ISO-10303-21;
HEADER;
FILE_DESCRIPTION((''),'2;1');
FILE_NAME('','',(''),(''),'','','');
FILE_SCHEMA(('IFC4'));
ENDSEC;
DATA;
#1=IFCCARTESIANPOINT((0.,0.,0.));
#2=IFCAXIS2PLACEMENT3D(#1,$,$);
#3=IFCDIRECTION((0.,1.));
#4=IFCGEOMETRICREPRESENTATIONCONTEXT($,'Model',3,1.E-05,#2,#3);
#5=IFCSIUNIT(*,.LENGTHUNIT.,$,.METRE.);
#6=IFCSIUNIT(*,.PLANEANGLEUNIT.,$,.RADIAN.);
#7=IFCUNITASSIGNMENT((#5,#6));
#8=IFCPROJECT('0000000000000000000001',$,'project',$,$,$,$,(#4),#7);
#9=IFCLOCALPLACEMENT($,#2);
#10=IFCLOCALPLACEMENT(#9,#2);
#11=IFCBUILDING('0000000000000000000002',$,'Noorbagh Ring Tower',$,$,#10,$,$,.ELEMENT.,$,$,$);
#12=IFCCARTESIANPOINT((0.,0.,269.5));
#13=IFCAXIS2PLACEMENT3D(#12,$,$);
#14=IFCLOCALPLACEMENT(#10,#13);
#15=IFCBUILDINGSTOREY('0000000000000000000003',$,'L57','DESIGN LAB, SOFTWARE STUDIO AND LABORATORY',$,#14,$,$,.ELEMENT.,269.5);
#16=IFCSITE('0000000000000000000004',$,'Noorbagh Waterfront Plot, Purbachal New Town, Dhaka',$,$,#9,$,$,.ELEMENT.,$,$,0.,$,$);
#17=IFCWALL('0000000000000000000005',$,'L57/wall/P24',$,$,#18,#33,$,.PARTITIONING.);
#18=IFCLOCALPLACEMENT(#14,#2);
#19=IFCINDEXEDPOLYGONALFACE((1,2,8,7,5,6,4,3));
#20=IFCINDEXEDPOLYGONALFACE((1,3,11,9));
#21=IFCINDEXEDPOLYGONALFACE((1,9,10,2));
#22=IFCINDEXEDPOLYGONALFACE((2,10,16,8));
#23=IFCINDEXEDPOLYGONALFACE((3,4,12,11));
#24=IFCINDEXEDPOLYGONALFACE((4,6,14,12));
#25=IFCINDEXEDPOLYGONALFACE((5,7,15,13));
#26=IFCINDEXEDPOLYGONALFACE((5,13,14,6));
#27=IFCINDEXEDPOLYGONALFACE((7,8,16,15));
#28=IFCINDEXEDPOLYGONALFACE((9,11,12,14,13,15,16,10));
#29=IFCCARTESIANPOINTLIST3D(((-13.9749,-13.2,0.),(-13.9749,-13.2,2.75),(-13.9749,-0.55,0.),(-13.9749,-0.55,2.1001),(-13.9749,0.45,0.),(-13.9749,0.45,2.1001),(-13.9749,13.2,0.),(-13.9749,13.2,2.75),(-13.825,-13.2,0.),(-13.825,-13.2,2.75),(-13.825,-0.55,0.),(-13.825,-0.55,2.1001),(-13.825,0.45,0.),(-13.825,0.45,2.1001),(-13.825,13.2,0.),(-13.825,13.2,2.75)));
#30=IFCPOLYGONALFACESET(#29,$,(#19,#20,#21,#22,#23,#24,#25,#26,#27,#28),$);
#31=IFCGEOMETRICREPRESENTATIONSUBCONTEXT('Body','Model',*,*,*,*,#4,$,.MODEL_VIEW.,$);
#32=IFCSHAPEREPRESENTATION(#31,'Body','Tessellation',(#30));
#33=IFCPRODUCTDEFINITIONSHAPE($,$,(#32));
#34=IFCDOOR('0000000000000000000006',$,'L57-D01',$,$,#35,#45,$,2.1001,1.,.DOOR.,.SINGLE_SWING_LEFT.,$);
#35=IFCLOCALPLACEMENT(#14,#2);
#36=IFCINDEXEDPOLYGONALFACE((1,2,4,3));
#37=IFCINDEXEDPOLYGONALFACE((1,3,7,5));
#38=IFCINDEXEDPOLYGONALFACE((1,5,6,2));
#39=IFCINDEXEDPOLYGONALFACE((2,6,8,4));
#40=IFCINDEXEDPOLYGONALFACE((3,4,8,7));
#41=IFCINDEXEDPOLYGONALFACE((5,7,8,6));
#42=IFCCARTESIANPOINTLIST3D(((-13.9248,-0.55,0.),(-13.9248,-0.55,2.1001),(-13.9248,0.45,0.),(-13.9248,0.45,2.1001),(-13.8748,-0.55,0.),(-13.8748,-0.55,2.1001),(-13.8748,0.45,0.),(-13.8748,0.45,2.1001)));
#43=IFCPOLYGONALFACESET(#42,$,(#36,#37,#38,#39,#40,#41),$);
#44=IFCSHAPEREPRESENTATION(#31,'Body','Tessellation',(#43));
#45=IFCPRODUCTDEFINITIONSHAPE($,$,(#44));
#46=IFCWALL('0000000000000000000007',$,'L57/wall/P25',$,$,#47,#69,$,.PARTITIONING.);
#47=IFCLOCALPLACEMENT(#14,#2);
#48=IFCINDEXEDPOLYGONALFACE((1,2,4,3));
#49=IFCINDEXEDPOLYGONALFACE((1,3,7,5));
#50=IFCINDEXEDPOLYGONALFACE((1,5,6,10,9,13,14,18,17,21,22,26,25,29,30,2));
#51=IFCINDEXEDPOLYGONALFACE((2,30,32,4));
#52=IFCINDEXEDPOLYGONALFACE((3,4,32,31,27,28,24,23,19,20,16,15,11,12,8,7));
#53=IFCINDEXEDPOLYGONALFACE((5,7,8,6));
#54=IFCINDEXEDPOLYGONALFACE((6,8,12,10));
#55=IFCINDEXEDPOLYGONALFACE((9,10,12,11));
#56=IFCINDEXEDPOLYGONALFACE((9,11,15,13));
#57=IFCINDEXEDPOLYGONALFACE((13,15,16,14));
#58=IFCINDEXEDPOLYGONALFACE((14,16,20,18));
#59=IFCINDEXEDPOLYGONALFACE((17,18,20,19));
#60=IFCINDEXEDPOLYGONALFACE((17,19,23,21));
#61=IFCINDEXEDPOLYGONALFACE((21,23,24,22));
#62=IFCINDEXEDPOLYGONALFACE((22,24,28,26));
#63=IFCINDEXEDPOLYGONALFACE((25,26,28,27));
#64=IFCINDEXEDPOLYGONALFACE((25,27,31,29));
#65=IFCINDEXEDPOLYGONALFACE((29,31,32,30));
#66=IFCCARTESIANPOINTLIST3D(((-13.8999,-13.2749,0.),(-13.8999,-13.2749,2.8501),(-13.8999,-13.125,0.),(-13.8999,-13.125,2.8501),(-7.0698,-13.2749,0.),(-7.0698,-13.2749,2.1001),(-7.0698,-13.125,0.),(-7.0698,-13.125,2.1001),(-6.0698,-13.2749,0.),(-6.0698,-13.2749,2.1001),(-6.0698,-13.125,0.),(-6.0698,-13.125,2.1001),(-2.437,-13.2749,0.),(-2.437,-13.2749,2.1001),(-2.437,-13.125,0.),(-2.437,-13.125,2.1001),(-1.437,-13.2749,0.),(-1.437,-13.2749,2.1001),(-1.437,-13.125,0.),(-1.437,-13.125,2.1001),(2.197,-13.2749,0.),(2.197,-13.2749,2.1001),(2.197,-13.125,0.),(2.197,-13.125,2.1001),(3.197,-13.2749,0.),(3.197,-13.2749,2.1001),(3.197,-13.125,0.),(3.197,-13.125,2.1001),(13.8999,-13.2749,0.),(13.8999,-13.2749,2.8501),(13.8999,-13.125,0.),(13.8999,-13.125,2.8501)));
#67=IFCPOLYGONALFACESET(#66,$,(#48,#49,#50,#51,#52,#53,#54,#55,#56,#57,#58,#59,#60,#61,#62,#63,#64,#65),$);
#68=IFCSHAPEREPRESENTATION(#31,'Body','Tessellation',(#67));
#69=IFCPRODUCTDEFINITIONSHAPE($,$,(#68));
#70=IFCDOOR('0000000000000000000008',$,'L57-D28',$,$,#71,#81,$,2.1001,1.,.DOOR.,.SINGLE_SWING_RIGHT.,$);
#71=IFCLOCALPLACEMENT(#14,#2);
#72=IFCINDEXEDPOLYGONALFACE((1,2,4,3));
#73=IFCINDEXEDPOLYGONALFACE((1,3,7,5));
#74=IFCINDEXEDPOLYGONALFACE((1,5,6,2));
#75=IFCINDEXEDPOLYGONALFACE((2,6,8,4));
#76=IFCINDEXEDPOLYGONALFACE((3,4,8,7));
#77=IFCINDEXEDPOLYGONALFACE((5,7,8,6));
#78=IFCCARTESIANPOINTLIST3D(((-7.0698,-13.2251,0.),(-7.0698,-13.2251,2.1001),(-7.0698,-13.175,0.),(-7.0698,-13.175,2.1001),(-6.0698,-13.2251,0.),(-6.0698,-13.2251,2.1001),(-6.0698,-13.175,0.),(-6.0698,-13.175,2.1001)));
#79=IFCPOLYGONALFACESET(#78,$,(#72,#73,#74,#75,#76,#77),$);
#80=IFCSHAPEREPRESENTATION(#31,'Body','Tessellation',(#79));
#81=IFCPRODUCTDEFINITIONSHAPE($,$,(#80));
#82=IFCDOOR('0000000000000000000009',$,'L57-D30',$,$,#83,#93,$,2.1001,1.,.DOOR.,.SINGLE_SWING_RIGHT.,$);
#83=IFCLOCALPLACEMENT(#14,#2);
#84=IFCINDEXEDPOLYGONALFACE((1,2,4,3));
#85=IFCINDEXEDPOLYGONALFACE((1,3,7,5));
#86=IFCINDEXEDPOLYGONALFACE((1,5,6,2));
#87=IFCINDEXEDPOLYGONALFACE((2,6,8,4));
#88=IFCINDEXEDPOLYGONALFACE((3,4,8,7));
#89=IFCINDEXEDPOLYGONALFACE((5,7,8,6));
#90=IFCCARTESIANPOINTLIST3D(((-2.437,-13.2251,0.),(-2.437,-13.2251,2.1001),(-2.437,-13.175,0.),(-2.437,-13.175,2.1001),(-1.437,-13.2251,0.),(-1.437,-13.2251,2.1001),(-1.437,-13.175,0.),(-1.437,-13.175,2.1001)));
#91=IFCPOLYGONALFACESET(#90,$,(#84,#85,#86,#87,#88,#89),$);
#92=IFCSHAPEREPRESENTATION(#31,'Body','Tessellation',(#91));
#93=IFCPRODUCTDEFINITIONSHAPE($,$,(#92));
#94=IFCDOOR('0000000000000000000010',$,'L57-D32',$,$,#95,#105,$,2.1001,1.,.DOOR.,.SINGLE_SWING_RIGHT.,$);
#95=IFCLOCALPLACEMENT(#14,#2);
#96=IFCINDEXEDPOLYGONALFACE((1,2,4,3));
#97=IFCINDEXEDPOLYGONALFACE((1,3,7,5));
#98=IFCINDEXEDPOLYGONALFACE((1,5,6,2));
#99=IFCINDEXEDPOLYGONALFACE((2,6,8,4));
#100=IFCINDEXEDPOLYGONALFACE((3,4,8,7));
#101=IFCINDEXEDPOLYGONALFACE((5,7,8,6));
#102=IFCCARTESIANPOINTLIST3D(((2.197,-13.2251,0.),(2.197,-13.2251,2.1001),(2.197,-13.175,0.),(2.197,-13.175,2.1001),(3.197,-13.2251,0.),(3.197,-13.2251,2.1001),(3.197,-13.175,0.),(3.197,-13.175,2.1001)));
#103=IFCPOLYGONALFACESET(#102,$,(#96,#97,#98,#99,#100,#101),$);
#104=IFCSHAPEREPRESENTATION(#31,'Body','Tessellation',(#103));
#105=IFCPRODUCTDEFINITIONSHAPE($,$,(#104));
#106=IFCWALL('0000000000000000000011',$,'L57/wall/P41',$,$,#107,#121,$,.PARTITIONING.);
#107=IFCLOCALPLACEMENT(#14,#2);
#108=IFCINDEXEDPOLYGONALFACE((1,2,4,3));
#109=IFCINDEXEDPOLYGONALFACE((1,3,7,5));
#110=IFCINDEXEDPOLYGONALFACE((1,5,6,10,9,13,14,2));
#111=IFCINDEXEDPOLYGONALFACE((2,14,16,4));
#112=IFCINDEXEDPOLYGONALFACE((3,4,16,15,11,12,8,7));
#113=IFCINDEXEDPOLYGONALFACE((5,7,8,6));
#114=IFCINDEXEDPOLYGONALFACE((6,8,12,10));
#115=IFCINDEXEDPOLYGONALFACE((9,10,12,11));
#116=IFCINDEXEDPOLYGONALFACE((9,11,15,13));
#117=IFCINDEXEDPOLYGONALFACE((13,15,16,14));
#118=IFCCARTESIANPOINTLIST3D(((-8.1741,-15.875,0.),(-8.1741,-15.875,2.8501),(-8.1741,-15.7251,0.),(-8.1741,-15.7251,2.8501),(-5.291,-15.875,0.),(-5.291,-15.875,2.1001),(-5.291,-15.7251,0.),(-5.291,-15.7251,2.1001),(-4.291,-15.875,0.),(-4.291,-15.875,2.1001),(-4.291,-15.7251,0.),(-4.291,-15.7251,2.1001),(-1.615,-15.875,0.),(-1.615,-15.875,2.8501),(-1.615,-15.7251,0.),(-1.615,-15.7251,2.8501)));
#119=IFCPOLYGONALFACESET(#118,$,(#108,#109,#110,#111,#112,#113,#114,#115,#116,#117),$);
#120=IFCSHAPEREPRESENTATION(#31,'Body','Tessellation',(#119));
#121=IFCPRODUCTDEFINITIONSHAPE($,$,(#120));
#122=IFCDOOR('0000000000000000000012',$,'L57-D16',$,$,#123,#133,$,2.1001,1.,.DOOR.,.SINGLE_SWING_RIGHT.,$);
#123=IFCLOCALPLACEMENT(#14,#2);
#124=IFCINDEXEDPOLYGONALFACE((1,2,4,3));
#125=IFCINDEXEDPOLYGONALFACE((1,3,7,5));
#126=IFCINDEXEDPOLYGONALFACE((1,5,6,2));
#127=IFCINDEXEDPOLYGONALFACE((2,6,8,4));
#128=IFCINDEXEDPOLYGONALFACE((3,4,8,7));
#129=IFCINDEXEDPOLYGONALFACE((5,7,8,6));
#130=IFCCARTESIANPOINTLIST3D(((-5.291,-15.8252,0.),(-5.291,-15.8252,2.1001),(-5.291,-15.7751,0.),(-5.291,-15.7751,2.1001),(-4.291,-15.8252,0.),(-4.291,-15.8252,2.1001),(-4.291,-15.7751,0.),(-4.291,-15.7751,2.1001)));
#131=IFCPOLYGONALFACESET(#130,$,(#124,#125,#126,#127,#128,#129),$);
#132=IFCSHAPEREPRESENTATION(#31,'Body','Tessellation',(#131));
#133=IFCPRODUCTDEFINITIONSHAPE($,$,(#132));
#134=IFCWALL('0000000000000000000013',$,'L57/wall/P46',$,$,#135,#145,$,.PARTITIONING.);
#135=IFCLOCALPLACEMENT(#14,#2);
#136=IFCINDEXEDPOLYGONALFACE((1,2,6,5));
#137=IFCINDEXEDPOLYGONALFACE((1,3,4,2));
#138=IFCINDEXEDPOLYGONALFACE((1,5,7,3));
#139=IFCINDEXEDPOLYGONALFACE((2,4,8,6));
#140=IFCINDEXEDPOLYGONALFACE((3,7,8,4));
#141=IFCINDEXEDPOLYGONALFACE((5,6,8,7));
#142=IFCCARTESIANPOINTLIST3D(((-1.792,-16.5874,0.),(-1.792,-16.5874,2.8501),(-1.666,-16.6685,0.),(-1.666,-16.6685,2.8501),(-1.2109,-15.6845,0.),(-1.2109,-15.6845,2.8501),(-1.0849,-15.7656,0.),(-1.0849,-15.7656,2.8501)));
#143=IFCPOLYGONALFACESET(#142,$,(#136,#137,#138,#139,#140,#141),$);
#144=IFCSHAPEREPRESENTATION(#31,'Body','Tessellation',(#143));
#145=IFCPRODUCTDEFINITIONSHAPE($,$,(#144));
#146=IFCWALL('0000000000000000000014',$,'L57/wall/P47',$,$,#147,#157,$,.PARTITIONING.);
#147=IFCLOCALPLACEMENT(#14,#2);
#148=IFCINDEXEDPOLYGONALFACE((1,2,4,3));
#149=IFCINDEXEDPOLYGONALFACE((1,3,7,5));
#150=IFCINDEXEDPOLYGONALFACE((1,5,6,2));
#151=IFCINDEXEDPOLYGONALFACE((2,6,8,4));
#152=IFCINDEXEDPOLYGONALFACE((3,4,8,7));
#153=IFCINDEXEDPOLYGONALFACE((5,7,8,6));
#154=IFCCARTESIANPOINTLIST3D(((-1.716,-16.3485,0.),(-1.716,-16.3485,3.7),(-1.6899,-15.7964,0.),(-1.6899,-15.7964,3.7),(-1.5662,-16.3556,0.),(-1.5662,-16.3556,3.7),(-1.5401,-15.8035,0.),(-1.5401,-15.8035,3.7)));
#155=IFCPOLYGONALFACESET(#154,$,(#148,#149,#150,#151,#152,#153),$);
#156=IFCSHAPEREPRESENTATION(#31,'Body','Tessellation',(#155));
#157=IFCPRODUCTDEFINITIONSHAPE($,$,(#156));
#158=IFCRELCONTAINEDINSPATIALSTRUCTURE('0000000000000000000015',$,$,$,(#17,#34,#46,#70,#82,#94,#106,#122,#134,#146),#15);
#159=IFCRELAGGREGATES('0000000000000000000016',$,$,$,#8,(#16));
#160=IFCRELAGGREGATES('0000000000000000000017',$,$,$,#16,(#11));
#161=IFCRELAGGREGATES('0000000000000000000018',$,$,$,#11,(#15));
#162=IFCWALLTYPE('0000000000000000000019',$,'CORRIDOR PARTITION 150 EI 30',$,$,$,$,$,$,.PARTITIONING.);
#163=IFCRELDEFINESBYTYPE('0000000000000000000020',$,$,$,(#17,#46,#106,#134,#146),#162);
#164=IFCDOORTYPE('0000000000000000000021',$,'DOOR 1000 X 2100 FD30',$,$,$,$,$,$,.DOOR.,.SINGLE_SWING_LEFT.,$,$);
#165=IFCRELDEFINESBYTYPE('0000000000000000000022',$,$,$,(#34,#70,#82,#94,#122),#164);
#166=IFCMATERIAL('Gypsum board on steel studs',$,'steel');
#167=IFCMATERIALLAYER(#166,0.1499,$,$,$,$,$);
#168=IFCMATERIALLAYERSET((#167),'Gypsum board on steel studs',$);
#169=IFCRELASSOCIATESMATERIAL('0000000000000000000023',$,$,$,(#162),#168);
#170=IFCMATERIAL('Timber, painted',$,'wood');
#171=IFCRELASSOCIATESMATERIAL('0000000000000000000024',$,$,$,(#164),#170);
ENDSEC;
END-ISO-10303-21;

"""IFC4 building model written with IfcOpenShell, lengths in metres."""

from ifc_helpers import new_model, si_unit, direction, frame, frame_2d, origin, place, context, subcontext, project, spatial, rectangle, extrude, material, layer, layer_set, type_object, element, fill, save


model = new_model("IFC4")

# Units and contexts
model_context = context("Model", 3, precision=1e-05, world=origin(), true_north=direction((0.0, 1.0)))
body_context = subcontext(model_context, "Body", "Model", "MODEL_VIEW")
ifc_project = project(units=[si_unit("LENGTHUNIT", "METRE"), si_unit("PLANEANGLEUNIT", "RADIAN")], contexts=[model_context])

# Site, building, storey
site_placement = place(None, origin())
site = spatial("IfcSite", under=ifc_project, at=site_placement, Name="Noorbagh Waterfront Plot, Purbachal New Town, Dhaka", CompositionType="ELEMENT", RefElevation=0.0)
building_placement = place(site_placement, origin())
building = spatial("IfcBuilding", under=site, at=building_placement, Name="Noorbagh Ring Tower", CompositionType="ELEMENT")
storey_placement = place(building_placement, frame((0.0, 0.0, 269.5)))
storey = spatial("IfcBuildingStorey", under=building, at=storey_placement, Name="L57", Description="DESIGN LAB, SOFTWARE STUDIO AND LABORATORY", CompositionType="ELEMENT", Elevation=269.5)

# Wall, opening, door
ifc_material_1 = material(Name="Gypsum board on steel studs", Category="steel")
ifc_layer_1 = layer(ifc_material_1, 0.1499)
ifc_layer_set_1 = layer_set([ifc_layer_1], Name="Gypsum board on steel studs")
wall_type_1 = type_object("IfcWallType", Name="CORRIDOR PARTITION 150 EI 30", PredefinedType="PARTITIONING", material=ifc_layer_set_1)
wall_1_placement = place(storey_placement, frame((-13.8999, -13.2, 0.0), z_axis=(0.0, 0.0, 1.0), x_axis=(0.0, 1.0, 0.0)))
wall_1 = element("IfcWall", 1, at=wall_1_placement, inside=storey, type_object=wall_type_1, Name="L57/wall/P24", PredefinedType="PARTITIONING", context=body_context, shape_type="SweptSolid", body=[
    extrude(rectangle(XDim=26.3999, YDim=0.1499, at=frame_2d((13.2, 0.0))), origin(), (0.0, 0.0, 1.0), 2.75),
])
opening_1_placement = place(wall_1_placement, frame((12.6499, 0.0, 0.0)))
opening_1 = element("IfcOpeningElement", 2, at=opening_1_placement, cuts=wall_1, PredefinedType="OPENING", context=body_context, shape_type="SweptSolid", body=[
    extrude(rectangle(XDim=1.0, YDim=2.1001, at=frame_2d((0.5, 1.05))), frame((0.0, 0.085, 0.0), z_axis=(0.0, -1.0, 0.0), x_axis=(1.0, 0.0, 0.0)), (0.0, 0.0, 1.0), 0.1699),
])
ifc_material_2 = material(Name="Timber, painted", Category="wood")
door_type = type_object("IfcDoorType", Name="DOOR 1000 X 2100 FD30", OperationType="SINGLE_SWING_LEFT", PredefinedType="DOOR", material=ifc_material_2)
door_1_placement = place(opening_1_placement, origin())
door_1 = element("IfcDoor", 3, at=door_1_placement, inside=storey, type_object=door_type, Name="L57-D01", OperationType="SINGLE_SWING_LEFT", OverallHeight=2.1001, OverallWidth=1.0, PredefinedType="DOOR", context=body_context, shape_type="SweptSolid", body=[
    extrude(rectangle(XDim=1.0, YDim=2.1001, at=frame_2d((0.5, 1.05))), frame((0.0, 0.0249, 0.0), z_axis=(0.0, -1.0, 0.0), x_axis=(1.0, 0.0, 0.0)), (0.0, 0.0, 1.0), 0.05),
])
fill(opening_1, door_1)

# Wall, openings, doors
wall_2_placement = place(storey_placement, frame((-13.8999, -13.2, 0.0), z_axis=(0.0, 0.0, 1.0), x_axis=(1.0, 0.0, 0.0)))
wall_2 = element("IfcWall", 4, at=wall_2_placement, inside=storey, type_object=wall_type_1, Name="L57/wall/P25", PredefinedType="PARTITIONING", context=body_context, shape_type="SweptSolid", body=[
    extrude(rectangle(XDim=27.7998, YDim=0.1499, at=frame_2d((13.8999, 0.0))), origin(), (0.0, 0.0, 1.0), 2.8501),
])
opening_2_placement = place(wall_2_placement, frame((6.8301, 0.0, 0.0)))
opening_2 = element("IfcOpeningElement", 5, at=opening_2_placement, cuts=wall_2, PredefinedType="OPENING", context=body_context, shape_type="SweptSolid", body=[
    extrude(rectangle(XDim=1.0, YDim=2.1001, at=frame_2d((0.5, 1.05))), frame((0.0, 0.085, 0.0), z_axis=(0.0, -1.0, 0.0), x_axis=(1.0, 0.0, 0.0)), (0.0, 0.0, 1.0), 0.1699),
])
opening_3_placement = place(wall_2_placement, frame((11.4629, 0.0, 0.0)))
opening_3 = element("IfcOpeningElement", 6, at=opening_3_placement, cuts=wall_2, PredefinedType="OPENING", context=body_context, shape_type="SweptSolid", body=[
    extrude(rectangle(XDim=1.0, YDim=2.1001, at=frame_2d((0.5, 1.05))), frame((0.0, 0.085, 0.0), z_axis=(0.0, -1.0, 0.0), x_axis=(1.0, 0.0, 0.0)), (0.0, 0.0, 1.0), 0.1699),
])
opening_4_placement = place(wall_2_placement, frame((16.0969, 0.0, 0.0)))
opening_4 = element("IfcOpeningElement", 7, at=opening_4_placement, cuts=wall_2, PredefinedType="OPENING", context=body_context, shape_type="SweptSolid", body=[
    extrude(rectangle(XDim=1.0, YDim=2.1001, at=frame_2d((0.5, 1.05))), frame((0.0, 0.085, 0.0), z_axis=(0.0, -1.0, 0.0), x_axis=(1.0, 0.0, 0.0)), (0.0, 0.0, 1.0), 0.1699),
])
door_2_placement = place(opening_2_placement, origin())
door_2 = element("IfcDoor", 8, at=door_2_placement, inside=storey, type_object=door_type, Name="L57-D28", OperationType="SINGLE_SWING_RIGHT", OverallHeight=2.1001, OverallWidth=1.0, PredefinedType="DOOR", context=body_context, shape_type="SweptSolid", body=[
    extrude(rectangle(XDim=1.0, YDim=2.1001, at=frame_2d((0.5, 1.05))), frame((0.0, 0.0249, 0.0), z_axis=(0.0, -1.0, 0.0), x_axis=(1.0, 0.0, 0.0)), (0.0, 0.0, 1.0), 0.05),
])
fill(opening_2, door_2)
door_3_placement = place(opening_3_placement, origin())
door_3 = element("IfcDoor", 9, at=door_3_placement, inside=storey, type_object=door_type, Name="L57-D30", OperationType="SINGLE_SWING_RIGHT", OverallHeight=2.1001, OverallWidth=1.0, PredefinedType="DOOR", context=body_context, shape_type="SweptSolid", body=[
    extrude(rectangle(XDim=1.0, YDim=2.1001, at=frame_2d((0.5, 1.05))), frame((0.0, 0.0249, 0.0), z_axis=(0.0, -1.0, 0.0), x_axis=(1.0, 0.0, 0.0)), (0.0, 0.0, 1.0), 0.05),
])
fill(opening_3, door_3)
door_4_placement = place(opening_4_placement, origin())
door_4 = element("IfcDoor", 10, at=door_4_placement, inside=storey, type_object=door_type, Name="L57-D32", OperationType="SINGLE_SWING_RIGHT", OverallHeight=2.1001, OverallWidth=1.0, PredefinedType="DOOR", context=body_context, shape_type="SweptSolid", body=[
    extrude(rectangle(XDim=1.0, YDim=2.1001, at=frame_2d((0.5, 1.05))), frame((0.0, 0.0249, 0.0), z_axis=(0.0, -1.0, 0.0), x_axis=(1.0, 0.0, 0.0)), (0.0, 0.0, 1.0), 0.05),
])
fill(opening_4, door_4)

# Wall, opening, door
wall_3_placement = place(storey_placement, frame((-8.1741, -15.8, 0.0), z_axis=(0.0, 0.0, 1.0), x_axis=(1.0, 0.0, 0.0)))
wall_3 = element("IfcWall", 11, at=wall_3_placement, inside=storey, type_object=wall_type_1, Name="L57/wall/P41", PredefinedType="PARTITIONING", context=body_context, shape_type="SweptSolid", body=[
    extrude(rectangle(XDim=6.5591, YDim=0.1499, at=frame_2d((3.2795, 0.0))), origin(), (0.0, 0.0, 1.0), 2.8501),
])
opening_5_placement = place(wall_3_placement, frame((2.8831, 0.0, 0.0)))
opening_5 = element("IfcOpeningElement", 12, at=opening_5_placement, cuts=wall_3, PredefinedType="OPENING", context=body_context, shape_type="SweptSolid", body=[
    extrude(rectangle(XDim=1.0, YDim=2.1001, at=frame_2d((0.5, 1.05))), frame((0.0, 0.085, 0.0), z_axis=(0.0, -1.0, 0.0), x_axis=(1.0, 0.0, 0.0)), (0.0, 0.0, 1.0), 0.1699),
])
door_5_placement = place(opening_5_placement, origin())
door_5 = element("IfcDoor", 13, at=door_5_placement, inside=storey, type_object=door_type, Name="L57-D16", OperationType="SINGLE_SWING_RIGHT", OverallHeight=2.1001, OverallWidth=1.0, PredefinedType="DOOR", context=body_context, shape_type="SweptSolid", body=[
    extrude(rectangle(XDim=1.0, YDim=2.1001, at=frame_2d((0.5, 1.05))), frame((0.0, 0.0249, 0.0), z_axis=(0.0, -1.0, 0.0), x_axis=(1.0, 0.0, 0.0)), (0.0, 0.0, 1.0), 0.05),
])
fill(opening_5, door_5)

# Walls
wall_4_placement = place(storey_placement, frame((-1.729, -16.6279, 0.0), z_axis=(0.0, 0.0, 1.0), x_axis=(0.541194, 0.840898, 0.0)))
element("IfcWall", 14, at=wall_4_placement, inside=storey, type_object=wall_type_1, Name="L57/wall/P46", PredefinedType="PARTITIONING", context=body_context, shape_type="SweptSolid", body=[
    extrude(rectangle(XDim=1.0737, YDim=0.1499, at=frame_2d((0.5369, 0.0))), origin(), (0.0, 0.0, 1.0), 2.8501),
])
wall_5_placement = place(storey_placement, frame((-1.6411, -16.3521, 0.0), z_axis=(0.0, 0.0, 1.0), x_axis=(0.047271, 0.998882, 0.0)))
element("IfcWall", 15, at=wall_5_placement, inside=storey, type_object=wall_type_1, Name="L57/wall/P47", PredefinedType="PARTITIONING", context=body_context, shape_type="SweptSolid", body=[
    extrude(rectangle(XDim=0.5527, YDim=0.1499, at=frame_2d((0.2764, 0.0))), origin(), (0.0, 0.0, 1.0), 3.7),
])

save(model, "model.ifc")
